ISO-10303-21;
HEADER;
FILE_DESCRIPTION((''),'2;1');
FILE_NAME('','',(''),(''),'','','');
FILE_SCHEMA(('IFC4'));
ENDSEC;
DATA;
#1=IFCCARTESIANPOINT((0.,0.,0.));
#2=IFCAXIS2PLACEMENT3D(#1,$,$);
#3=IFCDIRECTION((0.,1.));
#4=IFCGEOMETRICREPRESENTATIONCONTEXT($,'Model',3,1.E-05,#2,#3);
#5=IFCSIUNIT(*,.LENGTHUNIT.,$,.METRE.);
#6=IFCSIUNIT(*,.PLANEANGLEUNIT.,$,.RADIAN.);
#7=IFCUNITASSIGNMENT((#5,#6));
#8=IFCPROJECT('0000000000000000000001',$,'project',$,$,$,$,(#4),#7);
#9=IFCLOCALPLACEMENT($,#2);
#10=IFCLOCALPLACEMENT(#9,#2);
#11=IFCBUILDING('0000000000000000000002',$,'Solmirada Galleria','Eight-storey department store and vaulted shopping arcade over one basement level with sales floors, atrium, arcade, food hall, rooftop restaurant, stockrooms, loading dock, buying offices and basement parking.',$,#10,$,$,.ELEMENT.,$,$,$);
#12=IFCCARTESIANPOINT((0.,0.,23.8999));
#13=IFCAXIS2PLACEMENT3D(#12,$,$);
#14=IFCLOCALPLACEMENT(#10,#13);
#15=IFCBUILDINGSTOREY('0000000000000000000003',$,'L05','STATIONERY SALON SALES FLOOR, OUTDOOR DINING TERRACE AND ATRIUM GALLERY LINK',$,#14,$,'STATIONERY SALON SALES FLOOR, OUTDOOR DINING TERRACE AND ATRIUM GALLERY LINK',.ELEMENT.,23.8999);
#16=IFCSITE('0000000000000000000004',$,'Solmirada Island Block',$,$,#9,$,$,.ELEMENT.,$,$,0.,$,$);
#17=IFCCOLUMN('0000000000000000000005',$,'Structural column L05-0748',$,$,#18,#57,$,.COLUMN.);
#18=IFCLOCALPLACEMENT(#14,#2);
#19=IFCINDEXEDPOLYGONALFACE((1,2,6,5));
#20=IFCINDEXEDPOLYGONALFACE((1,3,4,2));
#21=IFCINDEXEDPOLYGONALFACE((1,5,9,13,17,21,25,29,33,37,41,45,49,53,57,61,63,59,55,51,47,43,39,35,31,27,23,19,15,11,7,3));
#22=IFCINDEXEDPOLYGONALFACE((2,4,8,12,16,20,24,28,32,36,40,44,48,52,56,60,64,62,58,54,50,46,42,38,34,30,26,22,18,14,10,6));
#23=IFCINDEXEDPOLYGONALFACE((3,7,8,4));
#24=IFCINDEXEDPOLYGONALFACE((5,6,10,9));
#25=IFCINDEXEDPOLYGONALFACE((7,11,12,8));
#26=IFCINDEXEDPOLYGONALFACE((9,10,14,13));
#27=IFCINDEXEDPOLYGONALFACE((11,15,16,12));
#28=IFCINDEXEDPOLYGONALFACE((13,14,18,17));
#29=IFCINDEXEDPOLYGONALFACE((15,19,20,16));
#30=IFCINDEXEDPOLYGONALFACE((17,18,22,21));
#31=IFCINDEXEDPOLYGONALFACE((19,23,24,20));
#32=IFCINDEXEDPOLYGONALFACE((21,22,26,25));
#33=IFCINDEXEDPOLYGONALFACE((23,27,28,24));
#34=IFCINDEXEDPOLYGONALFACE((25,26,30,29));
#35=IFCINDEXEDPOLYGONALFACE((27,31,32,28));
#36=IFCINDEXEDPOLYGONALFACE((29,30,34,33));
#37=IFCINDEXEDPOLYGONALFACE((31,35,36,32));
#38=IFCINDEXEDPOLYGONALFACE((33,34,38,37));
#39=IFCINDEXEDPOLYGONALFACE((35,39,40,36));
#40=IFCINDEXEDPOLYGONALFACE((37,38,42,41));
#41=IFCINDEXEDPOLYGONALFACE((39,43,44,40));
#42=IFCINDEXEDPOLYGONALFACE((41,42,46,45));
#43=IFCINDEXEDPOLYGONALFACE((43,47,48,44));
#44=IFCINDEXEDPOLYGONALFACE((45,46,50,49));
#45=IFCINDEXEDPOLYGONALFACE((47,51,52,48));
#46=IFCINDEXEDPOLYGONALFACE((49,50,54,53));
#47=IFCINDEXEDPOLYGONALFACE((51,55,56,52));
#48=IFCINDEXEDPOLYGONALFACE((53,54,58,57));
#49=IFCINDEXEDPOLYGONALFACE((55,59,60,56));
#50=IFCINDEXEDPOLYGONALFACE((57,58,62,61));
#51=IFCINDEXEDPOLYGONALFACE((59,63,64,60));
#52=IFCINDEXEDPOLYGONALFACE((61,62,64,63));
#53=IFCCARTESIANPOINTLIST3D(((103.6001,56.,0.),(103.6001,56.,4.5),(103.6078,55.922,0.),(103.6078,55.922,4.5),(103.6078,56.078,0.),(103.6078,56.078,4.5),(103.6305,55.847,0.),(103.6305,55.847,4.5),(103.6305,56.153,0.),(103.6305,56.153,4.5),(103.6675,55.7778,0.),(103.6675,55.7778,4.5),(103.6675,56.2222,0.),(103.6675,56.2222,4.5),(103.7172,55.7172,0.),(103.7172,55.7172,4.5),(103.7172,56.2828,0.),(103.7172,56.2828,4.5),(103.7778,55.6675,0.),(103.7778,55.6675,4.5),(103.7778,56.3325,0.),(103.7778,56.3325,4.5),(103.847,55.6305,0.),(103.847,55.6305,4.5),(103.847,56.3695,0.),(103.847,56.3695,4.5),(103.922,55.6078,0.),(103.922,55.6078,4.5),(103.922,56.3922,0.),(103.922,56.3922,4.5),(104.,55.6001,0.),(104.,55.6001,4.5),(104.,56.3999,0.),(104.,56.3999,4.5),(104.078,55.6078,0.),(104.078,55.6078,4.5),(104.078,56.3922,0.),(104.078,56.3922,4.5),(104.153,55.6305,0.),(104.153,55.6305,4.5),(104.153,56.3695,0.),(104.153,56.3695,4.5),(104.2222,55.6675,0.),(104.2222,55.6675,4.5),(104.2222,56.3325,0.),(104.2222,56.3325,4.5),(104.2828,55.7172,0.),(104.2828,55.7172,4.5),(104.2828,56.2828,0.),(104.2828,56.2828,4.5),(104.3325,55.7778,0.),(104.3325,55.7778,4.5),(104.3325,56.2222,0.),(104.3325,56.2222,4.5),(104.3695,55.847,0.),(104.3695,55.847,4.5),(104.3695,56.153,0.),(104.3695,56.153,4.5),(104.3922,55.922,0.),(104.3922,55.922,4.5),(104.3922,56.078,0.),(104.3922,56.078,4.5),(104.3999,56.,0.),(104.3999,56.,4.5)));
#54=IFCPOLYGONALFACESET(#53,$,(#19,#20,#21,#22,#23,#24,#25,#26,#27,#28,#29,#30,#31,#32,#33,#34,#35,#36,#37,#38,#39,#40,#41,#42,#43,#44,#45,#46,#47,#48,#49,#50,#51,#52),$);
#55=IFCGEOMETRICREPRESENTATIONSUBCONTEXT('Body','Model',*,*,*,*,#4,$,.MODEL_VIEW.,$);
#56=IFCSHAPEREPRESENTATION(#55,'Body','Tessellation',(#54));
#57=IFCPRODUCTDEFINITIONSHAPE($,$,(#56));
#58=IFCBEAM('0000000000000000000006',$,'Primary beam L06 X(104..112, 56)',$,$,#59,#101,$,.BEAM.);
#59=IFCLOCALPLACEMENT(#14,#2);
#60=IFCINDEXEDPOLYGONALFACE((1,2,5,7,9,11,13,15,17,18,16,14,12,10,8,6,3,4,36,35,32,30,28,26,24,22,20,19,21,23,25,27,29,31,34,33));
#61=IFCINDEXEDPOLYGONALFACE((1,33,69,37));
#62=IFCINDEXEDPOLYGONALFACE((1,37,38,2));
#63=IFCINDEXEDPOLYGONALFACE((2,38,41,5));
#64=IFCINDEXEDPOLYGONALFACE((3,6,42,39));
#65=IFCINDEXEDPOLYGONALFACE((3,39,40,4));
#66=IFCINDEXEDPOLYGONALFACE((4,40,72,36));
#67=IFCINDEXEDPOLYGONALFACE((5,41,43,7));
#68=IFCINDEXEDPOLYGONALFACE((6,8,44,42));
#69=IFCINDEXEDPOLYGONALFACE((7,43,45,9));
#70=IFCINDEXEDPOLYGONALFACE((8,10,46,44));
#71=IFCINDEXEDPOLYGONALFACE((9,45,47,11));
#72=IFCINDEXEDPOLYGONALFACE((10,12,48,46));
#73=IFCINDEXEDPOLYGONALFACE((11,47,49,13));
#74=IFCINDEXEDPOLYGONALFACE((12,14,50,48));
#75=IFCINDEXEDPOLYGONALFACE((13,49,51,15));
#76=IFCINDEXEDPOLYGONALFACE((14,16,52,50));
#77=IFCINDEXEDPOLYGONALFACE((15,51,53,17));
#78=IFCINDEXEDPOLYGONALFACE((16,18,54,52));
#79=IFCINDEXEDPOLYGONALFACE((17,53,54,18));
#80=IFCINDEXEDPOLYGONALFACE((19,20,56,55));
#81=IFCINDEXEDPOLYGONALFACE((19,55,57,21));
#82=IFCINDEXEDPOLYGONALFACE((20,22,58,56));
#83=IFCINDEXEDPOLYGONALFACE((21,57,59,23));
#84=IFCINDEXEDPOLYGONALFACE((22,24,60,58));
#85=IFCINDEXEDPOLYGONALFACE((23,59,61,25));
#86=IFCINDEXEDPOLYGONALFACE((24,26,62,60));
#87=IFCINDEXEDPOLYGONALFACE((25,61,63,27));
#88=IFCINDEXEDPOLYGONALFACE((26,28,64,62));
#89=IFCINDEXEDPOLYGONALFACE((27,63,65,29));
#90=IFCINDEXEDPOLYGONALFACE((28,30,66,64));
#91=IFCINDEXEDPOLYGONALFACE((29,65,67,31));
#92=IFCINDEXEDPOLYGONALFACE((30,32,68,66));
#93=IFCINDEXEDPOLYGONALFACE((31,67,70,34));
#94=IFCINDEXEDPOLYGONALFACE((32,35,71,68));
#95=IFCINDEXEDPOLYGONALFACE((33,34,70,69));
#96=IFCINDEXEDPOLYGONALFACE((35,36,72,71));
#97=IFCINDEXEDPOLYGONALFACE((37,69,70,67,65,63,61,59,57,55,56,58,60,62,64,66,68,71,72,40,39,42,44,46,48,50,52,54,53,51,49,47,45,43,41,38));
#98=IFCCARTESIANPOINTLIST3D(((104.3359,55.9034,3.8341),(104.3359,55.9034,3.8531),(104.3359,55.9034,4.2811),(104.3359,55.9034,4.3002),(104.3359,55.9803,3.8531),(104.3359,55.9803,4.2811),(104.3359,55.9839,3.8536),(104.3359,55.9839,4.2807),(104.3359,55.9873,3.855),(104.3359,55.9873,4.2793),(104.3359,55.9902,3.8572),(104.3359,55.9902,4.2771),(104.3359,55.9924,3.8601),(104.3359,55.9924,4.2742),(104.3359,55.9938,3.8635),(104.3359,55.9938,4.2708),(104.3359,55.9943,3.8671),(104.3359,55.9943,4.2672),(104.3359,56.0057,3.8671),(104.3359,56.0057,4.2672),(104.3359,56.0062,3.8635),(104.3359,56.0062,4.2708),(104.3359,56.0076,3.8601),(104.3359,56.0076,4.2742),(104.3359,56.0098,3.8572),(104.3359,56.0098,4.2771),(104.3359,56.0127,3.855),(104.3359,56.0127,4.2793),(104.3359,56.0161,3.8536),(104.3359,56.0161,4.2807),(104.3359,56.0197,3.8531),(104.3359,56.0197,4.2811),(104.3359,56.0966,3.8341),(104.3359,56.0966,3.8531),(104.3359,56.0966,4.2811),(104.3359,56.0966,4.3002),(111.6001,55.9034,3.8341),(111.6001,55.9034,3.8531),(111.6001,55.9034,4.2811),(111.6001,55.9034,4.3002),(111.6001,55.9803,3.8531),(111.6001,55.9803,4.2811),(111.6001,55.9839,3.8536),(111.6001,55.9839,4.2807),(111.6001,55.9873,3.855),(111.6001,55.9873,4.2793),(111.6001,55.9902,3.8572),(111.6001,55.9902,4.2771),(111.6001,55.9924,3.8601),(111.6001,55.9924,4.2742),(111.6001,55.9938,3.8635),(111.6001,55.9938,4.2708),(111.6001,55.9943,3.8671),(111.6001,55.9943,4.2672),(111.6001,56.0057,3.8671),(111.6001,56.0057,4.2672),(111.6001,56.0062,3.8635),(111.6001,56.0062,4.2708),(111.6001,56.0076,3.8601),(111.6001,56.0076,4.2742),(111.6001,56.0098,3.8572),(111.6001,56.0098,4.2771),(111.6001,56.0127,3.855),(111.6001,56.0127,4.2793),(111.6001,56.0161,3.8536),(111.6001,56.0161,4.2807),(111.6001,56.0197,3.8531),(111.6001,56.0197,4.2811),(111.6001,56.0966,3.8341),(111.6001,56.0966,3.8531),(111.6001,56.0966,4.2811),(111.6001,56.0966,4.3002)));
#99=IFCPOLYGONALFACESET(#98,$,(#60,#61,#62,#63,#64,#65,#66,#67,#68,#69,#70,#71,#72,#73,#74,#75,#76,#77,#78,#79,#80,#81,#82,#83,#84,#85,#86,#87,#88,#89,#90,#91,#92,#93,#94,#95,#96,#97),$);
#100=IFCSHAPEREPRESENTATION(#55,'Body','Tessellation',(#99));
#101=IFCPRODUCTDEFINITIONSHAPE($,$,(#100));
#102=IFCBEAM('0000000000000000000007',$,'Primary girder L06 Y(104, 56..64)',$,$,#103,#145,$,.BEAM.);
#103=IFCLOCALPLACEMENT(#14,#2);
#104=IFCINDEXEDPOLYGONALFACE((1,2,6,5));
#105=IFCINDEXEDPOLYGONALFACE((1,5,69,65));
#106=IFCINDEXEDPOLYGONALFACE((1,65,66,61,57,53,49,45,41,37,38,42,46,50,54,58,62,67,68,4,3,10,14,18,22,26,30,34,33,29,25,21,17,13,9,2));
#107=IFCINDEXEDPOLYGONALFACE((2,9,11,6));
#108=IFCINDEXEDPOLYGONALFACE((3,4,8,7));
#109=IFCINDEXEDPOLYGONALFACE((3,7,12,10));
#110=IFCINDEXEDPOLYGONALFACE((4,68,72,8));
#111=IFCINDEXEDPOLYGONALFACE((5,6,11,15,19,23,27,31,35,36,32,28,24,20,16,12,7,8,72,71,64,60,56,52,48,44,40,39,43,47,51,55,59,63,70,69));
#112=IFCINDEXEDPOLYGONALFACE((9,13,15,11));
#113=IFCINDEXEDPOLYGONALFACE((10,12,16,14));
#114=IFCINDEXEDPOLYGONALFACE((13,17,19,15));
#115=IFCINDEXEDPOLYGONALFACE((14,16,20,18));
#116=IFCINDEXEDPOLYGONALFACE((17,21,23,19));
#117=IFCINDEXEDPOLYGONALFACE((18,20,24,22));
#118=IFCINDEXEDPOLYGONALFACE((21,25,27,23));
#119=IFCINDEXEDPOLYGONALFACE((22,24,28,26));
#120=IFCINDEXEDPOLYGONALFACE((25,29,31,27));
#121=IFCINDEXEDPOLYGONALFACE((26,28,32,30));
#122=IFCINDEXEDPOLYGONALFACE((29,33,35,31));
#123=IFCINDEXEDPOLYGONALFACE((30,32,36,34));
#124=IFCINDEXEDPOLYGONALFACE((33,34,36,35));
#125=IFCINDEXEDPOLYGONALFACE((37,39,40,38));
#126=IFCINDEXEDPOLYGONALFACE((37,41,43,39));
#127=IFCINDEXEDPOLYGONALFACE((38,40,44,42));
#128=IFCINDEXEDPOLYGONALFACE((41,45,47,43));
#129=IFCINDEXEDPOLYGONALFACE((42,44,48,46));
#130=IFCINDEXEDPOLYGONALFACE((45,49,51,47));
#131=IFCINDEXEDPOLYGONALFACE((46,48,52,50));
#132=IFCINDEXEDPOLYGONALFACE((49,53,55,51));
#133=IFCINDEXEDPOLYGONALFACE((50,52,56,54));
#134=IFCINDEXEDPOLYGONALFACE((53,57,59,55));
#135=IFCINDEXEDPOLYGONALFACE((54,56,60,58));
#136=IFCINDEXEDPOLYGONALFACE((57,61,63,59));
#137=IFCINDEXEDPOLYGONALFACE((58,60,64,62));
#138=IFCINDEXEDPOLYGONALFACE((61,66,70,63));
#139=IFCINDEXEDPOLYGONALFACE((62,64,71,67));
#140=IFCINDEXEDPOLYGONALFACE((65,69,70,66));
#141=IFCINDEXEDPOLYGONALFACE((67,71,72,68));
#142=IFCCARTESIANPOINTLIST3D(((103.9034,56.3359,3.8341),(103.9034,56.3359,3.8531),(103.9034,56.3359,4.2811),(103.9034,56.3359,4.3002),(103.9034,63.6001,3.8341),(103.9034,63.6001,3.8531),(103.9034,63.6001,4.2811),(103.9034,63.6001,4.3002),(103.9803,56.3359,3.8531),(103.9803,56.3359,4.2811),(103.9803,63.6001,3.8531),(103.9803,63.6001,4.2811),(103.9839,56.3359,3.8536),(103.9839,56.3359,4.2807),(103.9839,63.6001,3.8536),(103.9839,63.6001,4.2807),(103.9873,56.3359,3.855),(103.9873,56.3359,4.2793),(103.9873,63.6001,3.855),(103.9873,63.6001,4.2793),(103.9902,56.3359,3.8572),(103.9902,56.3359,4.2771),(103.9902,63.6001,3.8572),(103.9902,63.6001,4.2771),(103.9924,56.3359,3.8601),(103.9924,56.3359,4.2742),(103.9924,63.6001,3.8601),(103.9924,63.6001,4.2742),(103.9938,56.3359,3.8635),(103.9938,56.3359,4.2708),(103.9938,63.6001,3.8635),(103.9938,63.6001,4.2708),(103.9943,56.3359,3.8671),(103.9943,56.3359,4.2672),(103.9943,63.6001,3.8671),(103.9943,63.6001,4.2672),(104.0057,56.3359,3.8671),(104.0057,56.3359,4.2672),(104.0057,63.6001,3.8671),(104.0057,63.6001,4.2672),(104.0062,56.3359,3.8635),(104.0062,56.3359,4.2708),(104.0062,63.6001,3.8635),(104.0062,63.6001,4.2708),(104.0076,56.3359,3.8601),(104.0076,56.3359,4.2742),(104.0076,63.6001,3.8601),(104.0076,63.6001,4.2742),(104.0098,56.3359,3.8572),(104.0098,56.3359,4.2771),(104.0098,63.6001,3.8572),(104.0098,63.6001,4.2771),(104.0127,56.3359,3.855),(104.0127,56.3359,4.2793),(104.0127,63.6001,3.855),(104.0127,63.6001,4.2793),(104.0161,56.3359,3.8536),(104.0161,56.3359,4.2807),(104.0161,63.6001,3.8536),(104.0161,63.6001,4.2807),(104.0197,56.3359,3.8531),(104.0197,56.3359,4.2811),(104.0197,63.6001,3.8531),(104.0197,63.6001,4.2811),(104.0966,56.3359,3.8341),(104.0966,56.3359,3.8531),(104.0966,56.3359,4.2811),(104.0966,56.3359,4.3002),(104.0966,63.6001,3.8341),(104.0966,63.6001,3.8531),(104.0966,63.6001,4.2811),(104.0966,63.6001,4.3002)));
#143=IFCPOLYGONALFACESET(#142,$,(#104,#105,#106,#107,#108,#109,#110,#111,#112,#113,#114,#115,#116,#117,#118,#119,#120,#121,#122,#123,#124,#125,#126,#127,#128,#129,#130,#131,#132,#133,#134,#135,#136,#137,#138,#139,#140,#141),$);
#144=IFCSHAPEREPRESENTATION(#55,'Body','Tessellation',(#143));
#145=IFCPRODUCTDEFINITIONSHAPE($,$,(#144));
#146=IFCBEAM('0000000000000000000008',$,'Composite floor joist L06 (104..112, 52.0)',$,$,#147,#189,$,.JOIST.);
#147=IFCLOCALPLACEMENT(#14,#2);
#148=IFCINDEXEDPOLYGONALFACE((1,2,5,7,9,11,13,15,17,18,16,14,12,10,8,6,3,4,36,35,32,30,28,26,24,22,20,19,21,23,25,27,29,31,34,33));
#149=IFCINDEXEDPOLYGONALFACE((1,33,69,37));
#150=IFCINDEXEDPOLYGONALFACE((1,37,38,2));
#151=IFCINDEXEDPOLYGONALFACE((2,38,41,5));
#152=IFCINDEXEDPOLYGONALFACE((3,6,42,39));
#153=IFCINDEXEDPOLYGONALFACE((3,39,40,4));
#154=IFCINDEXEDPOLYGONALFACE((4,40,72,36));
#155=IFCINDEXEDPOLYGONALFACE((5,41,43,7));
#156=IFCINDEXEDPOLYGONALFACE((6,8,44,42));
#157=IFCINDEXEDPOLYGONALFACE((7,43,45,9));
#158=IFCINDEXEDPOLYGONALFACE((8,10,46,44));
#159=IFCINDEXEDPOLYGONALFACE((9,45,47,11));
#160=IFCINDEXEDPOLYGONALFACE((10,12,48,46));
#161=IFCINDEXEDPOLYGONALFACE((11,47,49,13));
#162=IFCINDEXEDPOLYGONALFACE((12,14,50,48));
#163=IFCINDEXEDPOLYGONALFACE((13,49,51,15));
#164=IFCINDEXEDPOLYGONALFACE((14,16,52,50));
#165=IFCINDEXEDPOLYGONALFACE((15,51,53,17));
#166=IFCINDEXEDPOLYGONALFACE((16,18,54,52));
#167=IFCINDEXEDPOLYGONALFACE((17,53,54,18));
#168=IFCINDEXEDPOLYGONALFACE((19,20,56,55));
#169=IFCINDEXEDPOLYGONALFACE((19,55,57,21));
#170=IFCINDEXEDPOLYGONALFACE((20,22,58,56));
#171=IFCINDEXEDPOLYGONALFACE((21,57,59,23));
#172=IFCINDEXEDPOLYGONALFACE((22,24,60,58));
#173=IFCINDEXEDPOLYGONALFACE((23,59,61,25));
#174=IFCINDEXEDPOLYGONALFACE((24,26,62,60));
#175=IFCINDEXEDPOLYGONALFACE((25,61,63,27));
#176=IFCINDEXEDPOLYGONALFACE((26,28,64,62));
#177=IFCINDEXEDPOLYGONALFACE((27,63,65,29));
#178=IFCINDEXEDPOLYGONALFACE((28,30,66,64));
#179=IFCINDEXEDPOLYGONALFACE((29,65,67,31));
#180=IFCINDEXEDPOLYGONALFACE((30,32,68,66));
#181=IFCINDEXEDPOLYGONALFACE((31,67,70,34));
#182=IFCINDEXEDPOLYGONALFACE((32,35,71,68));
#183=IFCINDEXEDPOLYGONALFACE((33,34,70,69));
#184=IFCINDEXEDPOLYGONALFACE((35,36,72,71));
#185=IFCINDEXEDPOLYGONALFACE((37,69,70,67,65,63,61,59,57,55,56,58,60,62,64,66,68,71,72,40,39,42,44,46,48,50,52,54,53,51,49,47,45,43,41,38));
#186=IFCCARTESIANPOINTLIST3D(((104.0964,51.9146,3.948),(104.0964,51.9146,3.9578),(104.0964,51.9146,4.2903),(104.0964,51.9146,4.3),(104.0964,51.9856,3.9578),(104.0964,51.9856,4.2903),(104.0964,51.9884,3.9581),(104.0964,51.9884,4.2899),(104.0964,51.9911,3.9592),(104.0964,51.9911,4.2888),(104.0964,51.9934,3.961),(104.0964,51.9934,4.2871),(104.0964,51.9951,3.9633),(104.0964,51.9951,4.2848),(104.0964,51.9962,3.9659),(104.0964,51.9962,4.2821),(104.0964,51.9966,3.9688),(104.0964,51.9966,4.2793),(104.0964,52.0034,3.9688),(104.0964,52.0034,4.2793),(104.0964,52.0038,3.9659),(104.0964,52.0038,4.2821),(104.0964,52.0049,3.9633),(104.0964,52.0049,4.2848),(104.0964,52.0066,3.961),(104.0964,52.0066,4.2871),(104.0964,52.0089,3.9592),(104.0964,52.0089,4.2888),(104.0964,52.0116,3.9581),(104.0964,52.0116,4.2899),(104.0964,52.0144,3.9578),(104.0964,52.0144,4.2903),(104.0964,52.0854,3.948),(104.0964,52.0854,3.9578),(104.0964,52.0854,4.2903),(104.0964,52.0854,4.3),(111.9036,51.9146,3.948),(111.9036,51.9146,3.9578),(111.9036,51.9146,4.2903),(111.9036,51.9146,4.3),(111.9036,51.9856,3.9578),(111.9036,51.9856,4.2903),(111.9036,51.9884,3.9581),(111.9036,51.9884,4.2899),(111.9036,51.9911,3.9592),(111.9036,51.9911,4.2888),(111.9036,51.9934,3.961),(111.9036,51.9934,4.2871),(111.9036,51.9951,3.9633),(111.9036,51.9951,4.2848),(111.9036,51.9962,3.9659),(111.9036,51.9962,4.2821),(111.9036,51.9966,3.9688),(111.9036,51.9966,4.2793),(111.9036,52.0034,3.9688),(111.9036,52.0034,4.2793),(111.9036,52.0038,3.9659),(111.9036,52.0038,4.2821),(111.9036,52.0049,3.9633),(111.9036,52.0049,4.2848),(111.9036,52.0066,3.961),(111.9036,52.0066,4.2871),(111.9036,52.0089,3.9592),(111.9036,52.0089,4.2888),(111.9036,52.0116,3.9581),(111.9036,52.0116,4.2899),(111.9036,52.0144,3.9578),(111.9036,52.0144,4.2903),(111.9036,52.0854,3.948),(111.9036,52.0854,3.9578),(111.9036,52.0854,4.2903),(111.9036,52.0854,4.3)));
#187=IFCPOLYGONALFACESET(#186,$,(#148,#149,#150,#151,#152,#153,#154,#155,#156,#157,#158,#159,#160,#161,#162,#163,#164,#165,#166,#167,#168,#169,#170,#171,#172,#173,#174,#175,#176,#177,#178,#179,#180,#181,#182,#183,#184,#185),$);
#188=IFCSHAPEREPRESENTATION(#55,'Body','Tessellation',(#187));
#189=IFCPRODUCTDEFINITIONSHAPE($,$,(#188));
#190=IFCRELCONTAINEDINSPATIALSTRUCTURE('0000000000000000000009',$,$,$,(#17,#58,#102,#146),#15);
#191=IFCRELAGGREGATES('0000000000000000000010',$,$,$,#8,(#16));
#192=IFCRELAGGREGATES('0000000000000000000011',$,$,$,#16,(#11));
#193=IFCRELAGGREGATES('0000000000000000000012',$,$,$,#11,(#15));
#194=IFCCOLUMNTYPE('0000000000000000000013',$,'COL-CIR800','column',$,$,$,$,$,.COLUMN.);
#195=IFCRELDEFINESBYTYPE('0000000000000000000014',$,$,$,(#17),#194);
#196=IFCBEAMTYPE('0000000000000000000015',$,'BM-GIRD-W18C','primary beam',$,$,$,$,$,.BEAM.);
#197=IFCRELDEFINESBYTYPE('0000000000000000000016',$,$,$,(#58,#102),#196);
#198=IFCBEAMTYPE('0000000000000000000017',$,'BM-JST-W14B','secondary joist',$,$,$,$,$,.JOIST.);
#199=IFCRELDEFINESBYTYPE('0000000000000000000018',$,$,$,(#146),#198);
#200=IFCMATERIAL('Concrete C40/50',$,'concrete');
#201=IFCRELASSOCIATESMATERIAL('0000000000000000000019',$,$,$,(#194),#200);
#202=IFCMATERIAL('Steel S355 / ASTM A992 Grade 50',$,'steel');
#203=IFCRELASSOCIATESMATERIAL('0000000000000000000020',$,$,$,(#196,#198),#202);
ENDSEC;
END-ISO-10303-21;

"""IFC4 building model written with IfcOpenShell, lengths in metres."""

from ifc_helpers import new_model, si_unit, direction, frame, origin, origin_2d, place, context, subcontext, project, spatial, circle, i_section, extrude, material, material_profile, profile_set, type_object, element, save


model = new_model("IFC4")

# Units and contexts
model_context = context("Model", 3, precision=1e-05, world=origin(), true_north=direction((0.0, 1.0)))
body_context = subcontext(model_context, "Body", "Model", "MODEL_VIEW")
ifc_project = project(units=[si_unit("LENGTHUNIT", "METRE"), si_unit("PLANEANGLEUNIT", "RADIAN")], contexts=[model_context])

# Site, building, storey
site_placement = place(None, origin())
site = spatial("IfcSite", under=ifc_project, at=site_placement, Name="Solmirada Island Block", CompositionType="ELEMENT", RefElevation=0.0)
building_placement = place(site_placement, origin())
building = spatial("IfcBuilding", under=site, at=building_placement, Name="Solmirada Galleria", Description="Eight-storey department store and vaulted shopping arcade over one basement level with sales floors, atrium, arcade, food hall, rooftop restaurant, stockrooms, loading dock, buying offices and basement parking.", CompositionType="ELEMENT")
storey_placement = place(building_placement, frame((0.0, 0.0, 23.8999)))
storey = spatial("IfcBuildingStorey", under=building, at=storey_placement, Name="L05", Description="STATIONERY SALON SALES FLOOR, OUTDOOR DINING TERRACE AND ATRIUM GALLERY LINK", LongName="STATIONERY SALON SALES FLOOR, OUTDOOR DINING TERRACE AND ATRIUM GALLERY LINK", CompositionType="ELEMENT", Elevation=23.8999)

# Column
ifc_material_1 = material(Name="Concrete C40/50", Category="concrete")
ifc_material_profile_1 = material_profile(ifc_material_1, circle(Radius=0.3999, at=origin_2d()), Name="RCCOL800")
ifc_profile_set_1 = profile_set([ifc_material_profile_1], Name="Concrete C40/50")
column_type = type_object("IfcColumnType", Name="COL-CIR800", Description="column", PredefinedType="COLUMN", material=ifc_profile_set_1)
column_placement = place(storey_placement, frame((104.0, 56.0, 0.0), z_axis=(0.0, 0.0, 1.0), x_axis=(1.0, 0.0, 0.0)))
element("IfcColumn", 1, at=column_placement, inside=storey, type_object=column_type, Name="Structural column L05-0748", PredefinedType="COLUMN", context=body_context, shape_type="SweptSolid", body=[
    extrude(circle(Radius=0.3999, at=origin_2d()), origin(), (0.0, 0.0, 1.0), 4.5),
])

# Beams
ifc_material_2 = material(Name="Steel S355 / ASTM A992 Grade 50", Category="steel")
ifc_material_profile_2 = material_profile(ifc_material_2, i_section(OverallWidth=0.1931, OverallDepth=0.4661, WebThickness=0.0115, FlangeThickness=0.019, FilletRadius=0.0139, at=origin_2d()), Name="W18X65")
ifc_profile_set_2 = profile_set([ifc_material_profile_2], Name="Steel S355 / ASTM A992 Grade 50")
beam_type_1 = type_object("IfcBeamType", Name="BM-GIRD-W18C", Description="primary beam", PredefinedType="BEAM", material=ifc_profile_set_2)
for number, where, z_axis, x_axis, name in (
    (2, (104.3359, 56.0, 4.0671), (1.0, 0.0, 0.0), (0.0, 1.0, 0.0), "Primary beam L06 X(104..112, 56)"),
    (3, (104.0, 56.3359, 4.0671), (0.0, 1.0, 0.0), (-1.0, 0.0, 0.0), "Primary girder L06 Y(104, 56..64)"),
):
    element("IfcBeam", number, at=place(storey_placement, frame(where, z_axis=z_axis, x_axis=x_axis)), inside=storey, type_object=beam_type_1, Name=name, PredefinedType="BEAM", context=body_context, shape_type="SweptSolid", body=[
        extrude(i_section(OverallWidth=0.1931, OverallDepth=0.4661, WebThickness=0.0115, FlangeThickness=0.019, FilletRadius=0.0139, at=origin_2d()), origin(), (0.0, 0.0, 1.0), 7.2642),
    ])
ifc_material_profile_3 = material_profile(ifc_material_2, i_section(OverallWidth=0.1709, OverallDepth=0.3521, WebThickness=0.0068, FlangeThickness=0.0098, FilletRadius=0.011, at=origin_2d()), Name="W14X30")
ifc_profile_set_3 = profile_set([ifc_material_profile_3], Name="Steel S355 / ASTM A992 Grade 50")
beam_type_2 = type_object("IfcBeamType", Name="BM-JST-W14B", Description="secondary joist", PredefinedType="JOIST", material=ifc_profile_set_3)
for number, where, z_axis, x_axis, name in (
    (4, (104.0964, 52.0, 4.124), (1.0, 0.0, 0.0), (0.0, 1.0, 0.0), "Composite floor joist L06 (104..112, 52.0)"),
):
    element("IfcBeam", number, at=place(storey_placement, frame(where, z_axis=z_axis, x_axis=x_axis)), inside=storey, type_object=beam_type_2, Name=name, PredefinedType="JOIST", context=body_context, shape_type="SweptSolid", body=[
        extrude(i_section(OverallWidth=0.1709, OverallDepth=0.3521, WebThickness=0.0068, FlangeThickness=0.0098, FilletRadius=0.011, at=origin_2d()), origin(), (0.0, 0.0, 1.0), 7.8071),
    ])

save(model, "model.ifc")
